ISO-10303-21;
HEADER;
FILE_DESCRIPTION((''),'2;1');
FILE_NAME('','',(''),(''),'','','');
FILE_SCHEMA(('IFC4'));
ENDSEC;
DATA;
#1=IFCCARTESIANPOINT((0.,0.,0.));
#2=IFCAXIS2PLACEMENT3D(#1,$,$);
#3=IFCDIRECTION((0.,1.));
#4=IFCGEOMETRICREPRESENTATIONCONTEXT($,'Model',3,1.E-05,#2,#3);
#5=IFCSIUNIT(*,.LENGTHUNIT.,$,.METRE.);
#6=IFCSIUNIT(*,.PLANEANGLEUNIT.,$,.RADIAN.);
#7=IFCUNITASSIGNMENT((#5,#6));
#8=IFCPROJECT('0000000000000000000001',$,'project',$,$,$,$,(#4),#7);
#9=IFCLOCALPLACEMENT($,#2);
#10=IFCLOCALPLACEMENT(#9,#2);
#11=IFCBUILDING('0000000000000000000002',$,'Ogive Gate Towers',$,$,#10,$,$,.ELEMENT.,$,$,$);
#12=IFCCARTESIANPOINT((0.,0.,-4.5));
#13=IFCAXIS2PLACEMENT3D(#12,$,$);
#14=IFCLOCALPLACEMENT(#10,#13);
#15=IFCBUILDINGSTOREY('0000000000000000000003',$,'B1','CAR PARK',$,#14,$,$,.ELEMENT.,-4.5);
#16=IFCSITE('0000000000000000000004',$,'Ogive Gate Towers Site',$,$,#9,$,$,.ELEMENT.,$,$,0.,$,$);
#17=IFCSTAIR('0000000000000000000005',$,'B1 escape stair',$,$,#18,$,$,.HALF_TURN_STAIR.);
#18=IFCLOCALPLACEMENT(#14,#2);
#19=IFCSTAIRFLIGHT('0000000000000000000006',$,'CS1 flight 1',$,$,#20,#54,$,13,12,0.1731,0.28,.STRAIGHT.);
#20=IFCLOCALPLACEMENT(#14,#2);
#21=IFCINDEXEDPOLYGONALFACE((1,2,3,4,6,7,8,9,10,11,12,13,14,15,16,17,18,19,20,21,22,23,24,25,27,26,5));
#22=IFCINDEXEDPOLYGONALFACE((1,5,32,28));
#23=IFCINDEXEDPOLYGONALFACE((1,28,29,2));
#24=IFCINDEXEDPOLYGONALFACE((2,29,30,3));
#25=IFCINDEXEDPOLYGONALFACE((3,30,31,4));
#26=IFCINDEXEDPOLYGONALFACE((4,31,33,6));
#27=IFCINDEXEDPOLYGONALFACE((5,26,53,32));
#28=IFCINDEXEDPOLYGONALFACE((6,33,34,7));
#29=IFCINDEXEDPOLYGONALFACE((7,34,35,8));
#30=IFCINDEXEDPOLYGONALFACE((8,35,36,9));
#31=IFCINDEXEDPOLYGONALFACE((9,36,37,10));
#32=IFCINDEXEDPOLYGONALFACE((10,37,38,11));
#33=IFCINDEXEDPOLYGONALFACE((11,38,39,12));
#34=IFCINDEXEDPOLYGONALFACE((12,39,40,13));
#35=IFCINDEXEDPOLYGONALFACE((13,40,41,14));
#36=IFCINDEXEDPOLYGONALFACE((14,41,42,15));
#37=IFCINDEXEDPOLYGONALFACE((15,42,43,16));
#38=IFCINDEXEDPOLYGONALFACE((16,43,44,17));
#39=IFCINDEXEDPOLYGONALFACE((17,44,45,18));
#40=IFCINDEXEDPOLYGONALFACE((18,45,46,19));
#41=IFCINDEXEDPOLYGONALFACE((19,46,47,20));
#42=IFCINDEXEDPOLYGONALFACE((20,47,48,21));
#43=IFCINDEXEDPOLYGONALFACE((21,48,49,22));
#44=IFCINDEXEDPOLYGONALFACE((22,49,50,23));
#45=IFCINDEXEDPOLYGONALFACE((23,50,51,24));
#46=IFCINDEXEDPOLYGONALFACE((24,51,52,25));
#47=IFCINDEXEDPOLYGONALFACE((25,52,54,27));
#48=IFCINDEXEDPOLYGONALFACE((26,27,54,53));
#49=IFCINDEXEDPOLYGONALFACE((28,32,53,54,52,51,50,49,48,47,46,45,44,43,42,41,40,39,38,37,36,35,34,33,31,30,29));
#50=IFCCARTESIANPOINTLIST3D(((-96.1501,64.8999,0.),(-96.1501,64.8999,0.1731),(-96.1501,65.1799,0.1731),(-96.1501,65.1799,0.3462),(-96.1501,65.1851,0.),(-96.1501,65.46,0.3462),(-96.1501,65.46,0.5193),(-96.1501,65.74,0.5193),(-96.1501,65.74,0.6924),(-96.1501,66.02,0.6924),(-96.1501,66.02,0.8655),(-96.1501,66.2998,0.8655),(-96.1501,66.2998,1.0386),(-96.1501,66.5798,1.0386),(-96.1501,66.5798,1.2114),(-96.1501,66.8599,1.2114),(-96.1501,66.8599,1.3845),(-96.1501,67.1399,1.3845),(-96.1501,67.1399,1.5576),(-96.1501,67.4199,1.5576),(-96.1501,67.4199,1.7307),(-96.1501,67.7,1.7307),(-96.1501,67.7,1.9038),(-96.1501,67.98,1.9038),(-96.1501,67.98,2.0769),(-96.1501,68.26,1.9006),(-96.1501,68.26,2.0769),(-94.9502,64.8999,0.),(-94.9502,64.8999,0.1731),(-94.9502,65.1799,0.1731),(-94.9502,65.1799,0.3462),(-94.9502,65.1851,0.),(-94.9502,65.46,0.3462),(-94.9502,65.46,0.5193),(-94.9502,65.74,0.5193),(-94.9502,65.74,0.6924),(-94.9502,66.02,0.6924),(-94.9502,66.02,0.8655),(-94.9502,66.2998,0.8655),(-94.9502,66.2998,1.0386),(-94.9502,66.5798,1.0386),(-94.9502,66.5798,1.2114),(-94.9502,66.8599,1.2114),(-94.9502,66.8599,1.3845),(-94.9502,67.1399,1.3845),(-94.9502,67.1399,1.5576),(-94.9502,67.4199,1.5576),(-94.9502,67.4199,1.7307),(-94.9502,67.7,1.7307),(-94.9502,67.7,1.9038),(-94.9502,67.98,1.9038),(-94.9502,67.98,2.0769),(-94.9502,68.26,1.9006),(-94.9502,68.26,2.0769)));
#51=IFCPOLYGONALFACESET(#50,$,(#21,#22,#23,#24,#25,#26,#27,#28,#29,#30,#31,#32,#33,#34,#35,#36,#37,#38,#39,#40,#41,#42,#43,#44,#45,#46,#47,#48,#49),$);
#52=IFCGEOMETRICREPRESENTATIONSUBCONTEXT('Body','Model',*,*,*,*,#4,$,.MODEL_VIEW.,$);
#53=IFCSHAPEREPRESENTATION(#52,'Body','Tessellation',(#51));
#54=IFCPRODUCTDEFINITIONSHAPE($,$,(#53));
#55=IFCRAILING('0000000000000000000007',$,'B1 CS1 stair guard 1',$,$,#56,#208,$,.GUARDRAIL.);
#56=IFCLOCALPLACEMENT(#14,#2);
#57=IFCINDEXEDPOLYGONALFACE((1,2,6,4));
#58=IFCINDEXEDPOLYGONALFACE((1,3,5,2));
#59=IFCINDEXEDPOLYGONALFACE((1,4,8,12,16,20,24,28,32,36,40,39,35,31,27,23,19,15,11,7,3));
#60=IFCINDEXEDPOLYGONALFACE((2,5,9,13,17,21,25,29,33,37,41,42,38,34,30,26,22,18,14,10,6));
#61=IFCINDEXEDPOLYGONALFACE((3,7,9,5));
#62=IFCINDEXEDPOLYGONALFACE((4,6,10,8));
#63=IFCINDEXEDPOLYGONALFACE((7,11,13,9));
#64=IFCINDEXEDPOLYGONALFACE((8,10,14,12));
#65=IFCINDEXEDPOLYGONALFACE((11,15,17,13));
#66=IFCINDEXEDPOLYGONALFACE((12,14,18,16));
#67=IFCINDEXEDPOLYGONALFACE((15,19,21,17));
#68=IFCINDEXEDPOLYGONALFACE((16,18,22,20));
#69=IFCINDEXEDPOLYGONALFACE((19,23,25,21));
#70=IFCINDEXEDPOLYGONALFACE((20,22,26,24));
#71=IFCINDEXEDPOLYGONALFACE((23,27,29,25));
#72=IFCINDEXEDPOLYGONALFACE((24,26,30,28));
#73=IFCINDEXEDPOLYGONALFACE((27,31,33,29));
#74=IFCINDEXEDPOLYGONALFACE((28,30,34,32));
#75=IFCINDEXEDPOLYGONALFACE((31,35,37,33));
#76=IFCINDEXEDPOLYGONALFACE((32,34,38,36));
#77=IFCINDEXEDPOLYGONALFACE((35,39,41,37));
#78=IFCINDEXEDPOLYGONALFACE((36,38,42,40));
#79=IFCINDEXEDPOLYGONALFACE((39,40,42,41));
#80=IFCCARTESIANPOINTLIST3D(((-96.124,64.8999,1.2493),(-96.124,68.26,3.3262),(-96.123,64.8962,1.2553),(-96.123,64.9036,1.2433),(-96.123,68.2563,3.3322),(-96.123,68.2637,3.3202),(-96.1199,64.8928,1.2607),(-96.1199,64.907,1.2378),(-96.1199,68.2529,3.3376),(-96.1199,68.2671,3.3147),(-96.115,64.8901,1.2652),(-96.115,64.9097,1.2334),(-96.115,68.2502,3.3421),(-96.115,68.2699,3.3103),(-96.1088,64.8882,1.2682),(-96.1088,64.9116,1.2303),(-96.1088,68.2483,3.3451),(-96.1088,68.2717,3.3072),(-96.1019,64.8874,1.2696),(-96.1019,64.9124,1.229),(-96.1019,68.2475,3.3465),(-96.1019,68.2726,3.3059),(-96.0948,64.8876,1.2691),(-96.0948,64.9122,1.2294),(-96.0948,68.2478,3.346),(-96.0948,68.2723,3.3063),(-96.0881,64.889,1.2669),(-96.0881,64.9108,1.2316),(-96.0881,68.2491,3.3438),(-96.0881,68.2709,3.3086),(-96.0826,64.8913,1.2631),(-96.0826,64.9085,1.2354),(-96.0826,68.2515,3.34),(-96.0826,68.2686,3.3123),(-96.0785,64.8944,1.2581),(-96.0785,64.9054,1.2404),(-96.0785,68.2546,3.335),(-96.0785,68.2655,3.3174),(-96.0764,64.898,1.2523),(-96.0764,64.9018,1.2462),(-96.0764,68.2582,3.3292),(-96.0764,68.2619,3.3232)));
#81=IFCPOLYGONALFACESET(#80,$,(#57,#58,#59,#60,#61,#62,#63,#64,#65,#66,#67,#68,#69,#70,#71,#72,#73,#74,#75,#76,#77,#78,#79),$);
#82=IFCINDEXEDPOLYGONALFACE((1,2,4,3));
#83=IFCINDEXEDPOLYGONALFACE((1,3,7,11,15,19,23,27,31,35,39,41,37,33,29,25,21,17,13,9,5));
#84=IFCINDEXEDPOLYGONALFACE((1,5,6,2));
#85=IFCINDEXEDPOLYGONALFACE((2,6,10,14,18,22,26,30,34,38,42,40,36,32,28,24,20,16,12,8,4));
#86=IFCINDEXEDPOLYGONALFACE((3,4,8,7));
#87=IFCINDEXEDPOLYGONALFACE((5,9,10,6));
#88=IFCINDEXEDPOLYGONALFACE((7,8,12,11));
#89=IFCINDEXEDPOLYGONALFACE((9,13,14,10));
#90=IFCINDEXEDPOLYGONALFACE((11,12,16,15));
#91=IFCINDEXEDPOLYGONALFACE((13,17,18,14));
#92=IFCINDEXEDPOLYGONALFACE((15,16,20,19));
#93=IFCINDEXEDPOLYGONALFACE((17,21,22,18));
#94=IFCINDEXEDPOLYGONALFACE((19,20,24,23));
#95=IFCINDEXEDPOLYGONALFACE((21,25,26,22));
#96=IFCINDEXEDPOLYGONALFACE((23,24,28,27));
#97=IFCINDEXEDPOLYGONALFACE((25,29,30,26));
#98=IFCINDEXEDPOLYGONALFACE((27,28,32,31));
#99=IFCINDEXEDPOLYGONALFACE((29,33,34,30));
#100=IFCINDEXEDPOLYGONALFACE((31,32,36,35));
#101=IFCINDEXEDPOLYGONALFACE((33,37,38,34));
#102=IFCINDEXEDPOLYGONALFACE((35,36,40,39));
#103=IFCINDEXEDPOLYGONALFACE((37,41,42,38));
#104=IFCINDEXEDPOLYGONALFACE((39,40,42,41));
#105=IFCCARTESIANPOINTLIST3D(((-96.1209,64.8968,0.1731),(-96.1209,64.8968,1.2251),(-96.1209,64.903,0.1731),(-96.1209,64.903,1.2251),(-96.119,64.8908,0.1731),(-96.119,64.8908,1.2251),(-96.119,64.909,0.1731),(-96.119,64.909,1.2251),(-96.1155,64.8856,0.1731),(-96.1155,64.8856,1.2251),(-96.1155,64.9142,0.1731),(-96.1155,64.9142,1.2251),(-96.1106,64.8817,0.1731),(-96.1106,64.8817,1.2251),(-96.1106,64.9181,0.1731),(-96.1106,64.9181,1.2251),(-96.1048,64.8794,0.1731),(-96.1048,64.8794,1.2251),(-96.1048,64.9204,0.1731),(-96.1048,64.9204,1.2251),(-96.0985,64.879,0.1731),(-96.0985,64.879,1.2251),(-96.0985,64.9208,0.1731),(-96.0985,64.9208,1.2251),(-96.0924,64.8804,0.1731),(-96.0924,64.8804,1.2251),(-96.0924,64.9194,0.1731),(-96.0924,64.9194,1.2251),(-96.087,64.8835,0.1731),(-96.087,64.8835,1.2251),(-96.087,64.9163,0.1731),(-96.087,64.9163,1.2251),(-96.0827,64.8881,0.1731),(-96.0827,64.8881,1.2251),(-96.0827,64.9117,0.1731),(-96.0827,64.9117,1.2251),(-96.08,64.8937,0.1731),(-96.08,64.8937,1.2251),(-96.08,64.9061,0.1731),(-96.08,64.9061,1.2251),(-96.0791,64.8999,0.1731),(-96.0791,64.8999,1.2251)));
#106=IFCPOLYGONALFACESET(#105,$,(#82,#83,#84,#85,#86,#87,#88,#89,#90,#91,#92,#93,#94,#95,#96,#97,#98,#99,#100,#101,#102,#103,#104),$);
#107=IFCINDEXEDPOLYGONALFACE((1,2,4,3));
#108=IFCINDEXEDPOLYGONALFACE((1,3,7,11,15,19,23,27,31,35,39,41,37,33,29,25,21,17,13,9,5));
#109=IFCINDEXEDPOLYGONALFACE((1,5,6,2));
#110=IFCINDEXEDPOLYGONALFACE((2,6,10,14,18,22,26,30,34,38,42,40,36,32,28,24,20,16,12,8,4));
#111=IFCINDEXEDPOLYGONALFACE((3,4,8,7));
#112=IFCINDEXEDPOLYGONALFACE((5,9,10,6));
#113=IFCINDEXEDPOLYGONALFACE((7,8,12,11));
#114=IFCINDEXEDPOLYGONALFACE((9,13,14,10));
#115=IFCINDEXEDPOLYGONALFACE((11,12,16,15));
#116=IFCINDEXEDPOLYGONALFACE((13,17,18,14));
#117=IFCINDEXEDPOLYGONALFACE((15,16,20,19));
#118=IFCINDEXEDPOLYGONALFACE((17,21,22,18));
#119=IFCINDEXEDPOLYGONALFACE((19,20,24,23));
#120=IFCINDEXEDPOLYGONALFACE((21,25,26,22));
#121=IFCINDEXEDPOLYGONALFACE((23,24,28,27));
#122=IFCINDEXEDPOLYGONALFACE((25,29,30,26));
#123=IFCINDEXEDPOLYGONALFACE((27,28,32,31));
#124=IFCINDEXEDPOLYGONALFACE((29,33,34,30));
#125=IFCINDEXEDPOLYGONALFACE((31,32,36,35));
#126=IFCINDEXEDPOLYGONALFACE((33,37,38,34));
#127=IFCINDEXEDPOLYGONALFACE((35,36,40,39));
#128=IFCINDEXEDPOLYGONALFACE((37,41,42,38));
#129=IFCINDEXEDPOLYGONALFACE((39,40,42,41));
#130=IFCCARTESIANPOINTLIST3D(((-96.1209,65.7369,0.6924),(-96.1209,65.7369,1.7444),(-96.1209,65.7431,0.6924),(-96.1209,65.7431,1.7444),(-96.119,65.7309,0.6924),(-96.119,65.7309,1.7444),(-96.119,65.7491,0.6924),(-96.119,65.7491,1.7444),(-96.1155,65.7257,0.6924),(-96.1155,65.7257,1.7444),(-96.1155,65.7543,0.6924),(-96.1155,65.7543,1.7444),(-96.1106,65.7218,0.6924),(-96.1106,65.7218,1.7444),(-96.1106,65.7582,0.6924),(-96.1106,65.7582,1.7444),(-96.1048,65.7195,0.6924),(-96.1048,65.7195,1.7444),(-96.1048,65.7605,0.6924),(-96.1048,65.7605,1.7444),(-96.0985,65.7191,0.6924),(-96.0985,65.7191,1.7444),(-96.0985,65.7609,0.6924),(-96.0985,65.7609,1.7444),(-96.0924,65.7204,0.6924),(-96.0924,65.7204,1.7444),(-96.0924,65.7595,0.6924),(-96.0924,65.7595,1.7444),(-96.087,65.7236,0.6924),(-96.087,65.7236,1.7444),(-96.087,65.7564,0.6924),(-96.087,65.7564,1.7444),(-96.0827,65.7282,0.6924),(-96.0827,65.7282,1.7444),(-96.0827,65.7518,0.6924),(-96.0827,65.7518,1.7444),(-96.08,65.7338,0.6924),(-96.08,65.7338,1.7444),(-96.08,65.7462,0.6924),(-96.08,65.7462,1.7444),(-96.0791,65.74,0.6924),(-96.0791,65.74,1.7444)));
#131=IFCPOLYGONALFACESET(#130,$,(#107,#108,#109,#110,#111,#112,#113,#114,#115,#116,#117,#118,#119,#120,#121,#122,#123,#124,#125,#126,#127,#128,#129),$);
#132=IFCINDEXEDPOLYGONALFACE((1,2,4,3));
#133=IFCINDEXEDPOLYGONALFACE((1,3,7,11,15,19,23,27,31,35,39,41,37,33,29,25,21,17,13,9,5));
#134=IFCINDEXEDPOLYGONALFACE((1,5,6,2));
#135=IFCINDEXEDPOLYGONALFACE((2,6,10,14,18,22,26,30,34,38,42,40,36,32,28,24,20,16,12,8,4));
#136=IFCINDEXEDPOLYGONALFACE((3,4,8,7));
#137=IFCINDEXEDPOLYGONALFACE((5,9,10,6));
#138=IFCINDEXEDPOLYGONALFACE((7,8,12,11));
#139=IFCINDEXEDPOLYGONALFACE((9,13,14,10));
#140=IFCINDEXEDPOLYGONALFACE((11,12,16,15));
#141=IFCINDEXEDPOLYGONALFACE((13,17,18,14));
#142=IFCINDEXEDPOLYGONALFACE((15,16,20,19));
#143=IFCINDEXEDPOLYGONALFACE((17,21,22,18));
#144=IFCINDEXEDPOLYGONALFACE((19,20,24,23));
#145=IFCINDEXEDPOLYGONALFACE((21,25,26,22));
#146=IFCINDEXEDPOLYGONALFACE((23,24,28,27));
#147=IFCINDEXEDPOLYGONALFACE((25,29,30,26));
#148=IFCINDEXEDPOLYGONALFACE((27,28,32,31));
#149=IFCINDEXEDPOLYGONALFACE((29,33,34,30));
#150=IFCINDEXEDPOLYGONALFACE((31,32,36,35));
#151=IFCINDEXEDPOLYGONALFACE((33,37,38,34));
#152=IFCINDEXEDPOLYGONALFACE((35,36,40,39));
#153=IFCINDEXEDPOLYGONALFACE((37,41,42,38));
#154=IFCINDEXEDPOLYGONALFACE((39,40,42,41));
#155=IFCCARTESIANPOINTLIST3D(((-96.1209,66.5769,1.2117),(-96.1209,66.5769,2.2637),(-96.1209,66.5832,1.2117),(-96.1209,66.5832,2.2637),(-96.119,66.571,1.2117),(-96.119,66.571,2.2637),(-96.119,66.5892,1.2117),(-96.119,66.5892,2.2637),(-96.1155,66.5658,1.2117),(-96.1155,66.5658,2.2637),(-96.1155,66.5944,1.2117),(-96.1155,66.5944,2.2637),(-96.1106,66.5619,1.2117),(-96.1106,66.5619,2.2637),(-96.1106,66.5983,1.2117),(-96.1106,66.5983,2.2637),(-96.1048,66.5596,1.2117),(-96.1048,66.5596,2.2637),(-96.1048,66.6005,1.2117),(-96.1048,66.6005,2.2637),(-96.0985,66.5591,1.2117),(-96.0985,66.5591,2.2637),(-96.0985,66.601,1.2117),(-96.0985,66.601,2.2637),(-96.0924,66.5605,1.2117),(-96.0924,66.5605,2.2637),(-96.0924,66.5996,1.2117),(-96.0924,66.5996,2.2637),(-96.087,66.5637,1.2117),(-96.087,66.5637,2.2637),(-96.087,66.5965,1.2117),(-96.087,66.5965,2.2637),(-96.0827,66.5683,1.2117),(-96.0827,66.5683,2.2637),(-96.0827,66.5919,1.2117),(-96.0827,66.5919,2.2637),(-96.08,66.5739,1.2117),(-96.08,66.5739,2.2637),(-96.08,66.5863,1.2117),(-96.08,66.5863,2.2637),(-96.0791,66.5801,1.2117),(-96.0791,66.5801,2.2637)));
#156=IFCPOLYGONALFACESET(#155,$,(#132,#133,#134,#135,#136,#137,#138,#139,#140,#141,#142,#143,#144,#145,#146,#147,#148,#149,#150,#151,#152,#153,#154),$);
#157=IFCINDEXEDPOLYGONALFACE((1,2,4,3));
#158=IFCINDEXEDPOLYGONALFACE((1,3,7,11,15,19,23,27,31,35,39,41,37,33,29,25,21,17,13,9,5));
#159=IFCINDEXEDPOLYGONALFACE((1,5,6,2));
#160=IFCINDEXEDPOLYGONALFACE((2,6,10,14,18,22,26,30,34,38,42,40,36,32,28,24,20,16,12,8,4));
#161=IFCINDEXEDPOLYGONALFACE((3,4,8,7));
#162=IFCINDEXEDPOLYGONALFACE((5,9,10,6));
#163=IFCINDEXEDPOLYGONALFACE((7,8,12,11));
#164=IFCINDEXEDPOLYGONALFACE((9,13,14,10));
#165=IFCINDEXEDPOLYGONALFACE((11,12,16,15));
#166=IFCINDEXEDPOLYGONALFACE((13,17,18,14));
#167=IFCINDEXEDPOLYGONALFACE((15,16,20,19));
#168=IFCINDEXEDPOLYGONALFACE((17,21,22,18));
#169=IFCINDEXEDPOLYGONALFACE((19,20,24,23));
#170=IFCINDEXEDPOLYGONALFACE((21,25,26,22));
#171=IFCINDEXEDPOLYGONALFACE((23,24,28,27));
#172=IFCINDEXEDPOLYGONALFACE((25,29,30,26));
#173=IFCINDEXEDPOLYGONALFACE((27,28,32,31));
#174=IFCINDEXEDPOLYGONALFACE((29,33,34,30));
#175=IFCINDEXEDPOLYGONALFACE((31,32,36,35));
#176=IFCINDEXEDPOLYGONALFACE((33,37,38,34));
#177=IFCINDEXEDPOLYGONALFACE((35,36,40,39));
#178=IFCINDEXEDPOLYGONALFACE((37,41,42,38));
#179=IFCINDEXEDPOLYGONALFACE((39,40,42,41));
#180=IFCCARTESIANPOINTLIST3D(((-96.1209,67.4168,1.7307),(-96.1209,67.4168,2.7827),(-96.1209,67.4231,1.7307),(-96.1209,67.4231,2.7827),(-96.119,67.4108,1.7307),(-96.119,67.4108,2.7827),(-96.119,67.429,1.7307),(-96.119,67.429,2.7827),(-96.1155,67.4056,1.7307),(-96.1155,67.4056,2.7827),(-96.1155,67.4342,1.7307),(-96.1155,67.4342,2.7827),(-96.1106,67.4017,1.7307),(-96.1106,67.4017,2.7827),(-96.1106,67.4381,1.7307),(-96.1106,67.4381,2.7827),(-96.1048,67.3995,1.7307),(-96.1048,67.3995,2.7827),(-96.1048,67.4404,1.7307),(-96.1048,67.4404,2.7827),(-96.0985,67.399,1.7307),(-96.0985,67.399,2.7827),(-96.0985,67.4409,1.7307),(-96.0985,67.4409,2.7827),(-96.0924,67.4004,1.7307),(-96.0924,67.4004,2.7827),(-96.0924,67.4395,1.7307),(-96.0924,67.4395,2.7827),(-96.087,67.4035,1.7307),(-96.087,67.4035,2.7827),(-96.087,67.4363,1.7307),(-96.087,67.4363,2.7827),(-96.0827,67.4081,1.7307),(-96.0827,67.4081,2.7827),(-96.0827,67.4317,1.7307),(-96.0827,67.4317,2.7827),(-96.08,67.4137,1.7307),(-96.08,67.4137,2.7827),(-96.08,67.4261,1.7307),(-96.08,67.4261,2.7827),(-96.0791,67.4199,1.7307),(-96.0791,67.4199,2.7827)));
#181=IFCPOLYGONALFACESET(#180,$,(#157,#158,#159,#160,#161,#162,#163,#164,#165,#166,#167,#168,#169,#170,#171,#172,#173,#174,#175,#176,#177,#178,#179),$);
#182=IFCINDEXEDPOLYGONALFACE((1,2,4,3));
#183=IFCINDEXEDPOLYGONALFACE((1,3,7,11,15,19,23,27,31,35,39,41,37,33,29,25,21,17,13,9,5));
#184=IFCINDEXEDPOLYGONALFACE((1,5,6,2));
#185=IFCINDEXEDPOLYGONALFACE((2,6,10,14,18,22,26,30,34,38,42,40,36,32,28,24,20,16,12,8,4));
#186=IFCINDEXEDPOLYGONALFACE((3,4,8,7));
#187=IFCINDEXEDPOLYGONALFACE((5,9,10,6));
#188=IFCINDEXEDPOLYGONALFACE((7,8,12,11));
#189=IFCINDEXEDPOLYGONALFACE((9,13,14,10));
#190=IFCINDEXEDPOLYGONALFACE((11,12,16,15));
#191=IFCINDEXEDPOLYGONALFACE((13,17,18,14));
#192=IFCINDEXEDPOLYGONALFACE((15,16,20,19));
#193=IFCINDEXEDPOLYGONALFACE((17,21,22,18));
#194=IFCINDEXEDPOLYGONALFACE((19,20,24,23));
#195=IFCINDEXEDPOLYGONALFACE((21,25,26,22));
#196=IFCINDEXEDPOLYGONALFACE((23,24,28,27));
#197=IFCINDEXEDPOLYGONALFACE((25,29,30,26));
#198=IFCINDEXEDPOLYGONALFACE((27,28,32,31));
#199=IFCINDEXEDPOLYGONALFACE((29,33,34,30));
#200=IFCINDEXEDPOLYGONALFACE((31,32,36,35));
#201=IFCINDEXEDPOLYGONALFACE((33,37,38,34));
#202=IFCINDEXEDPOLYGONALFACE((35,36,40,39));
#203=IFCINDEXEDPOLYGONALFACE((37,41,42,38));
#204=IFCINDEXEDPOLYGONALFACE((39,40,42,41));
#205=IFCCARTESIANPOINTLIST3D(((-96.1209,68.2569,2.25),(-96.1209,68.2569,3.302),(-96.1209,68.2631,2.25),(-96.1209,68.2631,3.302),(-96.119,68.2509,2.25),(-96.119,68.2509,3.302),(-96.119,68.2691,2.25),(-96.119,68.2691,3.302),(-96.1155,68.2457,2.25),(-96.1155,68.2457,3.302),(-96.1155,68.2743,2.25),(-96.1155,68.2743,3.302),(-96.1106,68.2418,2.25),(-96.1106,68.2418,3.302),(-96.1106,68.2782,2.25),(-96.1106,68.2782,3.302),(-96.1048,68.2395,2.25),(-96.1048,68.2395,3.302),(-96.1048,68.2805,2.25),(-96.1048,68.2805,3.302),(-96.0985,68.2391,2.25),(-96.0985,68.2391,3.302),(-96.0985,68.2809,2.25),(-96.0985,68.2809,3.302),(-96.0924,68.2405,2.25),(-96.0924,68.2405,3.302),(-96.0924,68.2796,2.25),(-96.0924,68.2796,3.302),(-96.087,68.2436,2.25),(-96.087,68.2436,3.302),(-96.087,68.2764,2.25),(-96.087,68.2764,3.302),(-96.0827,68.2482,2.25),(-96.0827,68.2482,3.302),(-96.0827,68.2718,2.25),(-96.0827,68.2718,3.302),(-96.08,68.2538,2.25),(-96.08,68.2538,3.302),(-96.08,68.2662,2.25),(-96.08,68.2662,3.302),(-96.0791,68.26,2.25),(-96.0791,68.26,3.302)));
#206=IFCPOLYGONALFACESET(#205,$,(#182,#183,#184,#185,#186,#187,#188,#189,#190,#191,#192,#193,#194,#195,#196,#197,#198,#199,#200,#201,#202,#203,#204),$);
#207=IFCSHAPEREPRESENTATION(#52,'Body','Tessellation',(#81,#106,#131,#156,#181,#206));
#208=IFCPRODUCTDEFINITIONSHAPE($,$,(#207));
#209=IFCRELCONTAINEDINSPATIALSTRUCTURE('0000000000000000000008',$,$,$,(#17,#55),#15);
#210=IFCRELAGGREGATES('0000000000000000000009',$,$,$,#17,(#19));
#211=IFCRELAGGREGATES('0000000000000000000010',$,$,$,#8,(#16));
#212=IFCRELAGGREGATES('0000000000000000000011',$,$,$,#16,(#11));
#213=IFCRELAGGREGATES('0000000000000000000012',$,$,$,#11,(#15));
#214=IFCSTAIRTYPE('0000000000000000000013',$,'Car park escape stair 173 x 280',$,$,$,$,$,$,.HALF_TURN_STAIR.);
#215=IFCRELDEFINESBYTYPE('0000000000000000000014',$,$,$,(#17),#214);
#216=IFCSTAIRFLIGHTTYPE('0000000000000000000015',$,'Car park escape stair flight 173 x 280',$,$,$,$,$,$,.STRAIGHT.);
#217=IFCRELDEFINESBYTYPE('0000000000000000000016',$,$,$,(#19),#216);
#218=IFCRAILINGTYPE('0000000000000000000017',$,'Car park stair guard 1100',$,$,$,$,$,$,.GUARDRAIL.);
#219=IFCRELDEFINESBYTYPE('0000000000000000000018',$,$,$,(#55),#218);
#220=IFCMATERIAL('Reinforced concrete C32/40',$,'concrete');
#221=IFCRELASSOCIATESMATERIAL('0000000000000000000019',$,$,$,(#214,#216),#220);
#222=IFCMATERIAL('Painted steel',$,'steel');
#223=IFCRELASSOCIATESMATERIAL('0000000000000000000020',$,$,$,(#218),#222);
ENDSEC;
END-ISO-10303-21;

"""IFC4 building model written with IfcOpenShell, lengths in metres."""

from ifc_helpers import new_model, si_unit, direction, frame, origin, origin_2d, place, context, subcontext, project, spatial, polyline, circle, outline, extrude, material, type_object, element, aggregate, save


model = new_model("IFC4")

# Units and contexts
model_context = context("Model", 3, precision=1e-05, world=origin(), true_north=direction((0.0, 1.0)))
body_context = subcontext(model_context, "Body", "Model", "MODEL_VIEW")
ifc_project = project(units=[si_unit("LENGTHUNIT", "METRE"), si_unit("PLANEANGLEUNIT", "RADIAN")], contexts=[model_context])

# Site, building, storey
site_placement = place(None, origin())
site = spatial("IfcSite", under=ifc_project, at=site_placement, Name="Ogive Gate Towers Site", CompositionType="ELEMENT", RefElevation=0.0)
building_placement = place(site_placement, origin())
building = spatial("IfcBuilding", under=site, at=building_placement, Name="Ogive Gate Towers", CompositionType="ELEMENT")
storey_placement = place(building_placement, frame((0.0, 0.0, -4.5)))
storey = spatial("IfcBuildingStorey", under=building, at=storey_placement, Name="B1", Description="CAR PARK", CompositionType="ELEMENT", Elevation=-4.5)

# Shared definitions
ifc_material_1 = material(Name="Reinforced concrete C32/40", Category="concrete")

# Stair, stair flight
stair_type = type_object("IfcStairType", Name="Car park escape stair 173 x 280", PredefinedType="HALF_TURN_STAIR", material=ifc_material_1)
stair_placement = place(storey_placement, origin())
stair = element("IfcStair", 1, at=stair_placement, inside=storey, type_object=stair_type, Name="B1 escape stair", PredefinedType="HALF_TURN_STAIR")
stair_flight_type = type_object("IfcStairFlightType", Name="Car park escape stair flight 173 x 280", PredefinedType="STRAIGHT", material=ifc_material_1)
stair_flight_placement = place(storey_placement, frame((-95.55, 64.8999, 0.0), z_axis=(0.0, 0.0, 1.0), x_axis=(0.0, 1.0, 0.0)))
stair_flight = element("IfcStairFlight", 2, at=stair_flight_placement, type_object=stair_flight_type, Name="CS1 flight 1", NumberOfRisers=13, NumberOfTreads=12, PredefinedType="STRAIGHT", RiserHeight=0.1731, TreadLength=0.28, context=body_context, shape_type="SweptSolid", body=[
    extrude(outline(polyline([(0.0, 0.0), (0.0, 0.1731), (0.28, 0.1731), (0.28, 0.3462), (0.5601, 0.3462), (0.5601, 0.5193), (0.8401, 0.5193), (0.8401, 0.6924), (1.1201, 0.6924), (1.1201, 0.8655), (1.3999, 0.8655), (1.3999, 1.0386), (1.6799, 1.0386), (1.6799, 1.2114), (1.96, 1.2114), (1.96, 1.3845), (2.24, 1.3845), (2.24, 1.5576), (2.52, 1.5576), (2.52, 1.7307), (2.8, 1.7307), (2.8, 1.9038), (3.0801, 1.9038), (3.0801, 2.0769), (3.3601, 2.0769), (3.3601, 2.25), (3.3601, 1.9006), (0.2852, 0.0), (0.0, 0.0)])), frame((0.0, 0.6001, 0.0), z_axis=(0.0, -1.0, 0.0), x_axis=(1.0, 0.0, 0.0)), (0.0, 0.0, 1.0), 1.2),
])
aggregate(stair, [stair_flight])

# Railing
ifc_material_2 = material(Name="Painted steel", Category="steel")
railing_type_1 = type_object("IfcRailingType", Name="Car park stair guard 1100", PredefinedType="GUARDRAIL", material=ifc_material_2)
railing_1_placement = place(storey_placement, frame((-96.1001, 64.8999, 0.1731)))
element("IfcRailing", 3, at=railing_1_placement, inside=storey, type_object=railing_type_1, Name="B1 CS1 stair guard 1", PredefinedType="GUARDRAIL", context=body_context, shape_type="SweptSolid", body=[
    extrude(circle(Radius=0.0239, at=origin_2d()), frame((0.0, 0.0, 1.0762), z_axis=(0.0, 0.850623, 0.525776), x_axis=(-1.0, 0.0, 0.0)), (0.0, 0.0, 1.0), 3.9502),
    extrude(circle(Radius=0.021, at=origin_2d()), origin(), (0.0, 0.0, 1.0), 1.052),
    extrude(circle(Radius=0.021, at=origin_2d()), frame((0.0, 0.8401, 0.5193)), (0.0, 0.0, 1.0), 1.052),
    extrude(circle(Radius=0.021, at=origin_2d()), frame((0.0, 1.6802, 1.0386)), (0.0, 0.0, 1.0), 1.052),
    extrude(circle(Radius=0.021, at=origin_2d()), frame((0.0, 2.52, 1.5576)), (0.0, 0.0, 1.0), 1.052),
    extrude(circle(Radius=0.021, at=origin_2d()), frame((0.0, 3.3601, 2.0769)), (0.0, 0.0, 1.0), 1.052),
])

save(model, "model.ifc")
